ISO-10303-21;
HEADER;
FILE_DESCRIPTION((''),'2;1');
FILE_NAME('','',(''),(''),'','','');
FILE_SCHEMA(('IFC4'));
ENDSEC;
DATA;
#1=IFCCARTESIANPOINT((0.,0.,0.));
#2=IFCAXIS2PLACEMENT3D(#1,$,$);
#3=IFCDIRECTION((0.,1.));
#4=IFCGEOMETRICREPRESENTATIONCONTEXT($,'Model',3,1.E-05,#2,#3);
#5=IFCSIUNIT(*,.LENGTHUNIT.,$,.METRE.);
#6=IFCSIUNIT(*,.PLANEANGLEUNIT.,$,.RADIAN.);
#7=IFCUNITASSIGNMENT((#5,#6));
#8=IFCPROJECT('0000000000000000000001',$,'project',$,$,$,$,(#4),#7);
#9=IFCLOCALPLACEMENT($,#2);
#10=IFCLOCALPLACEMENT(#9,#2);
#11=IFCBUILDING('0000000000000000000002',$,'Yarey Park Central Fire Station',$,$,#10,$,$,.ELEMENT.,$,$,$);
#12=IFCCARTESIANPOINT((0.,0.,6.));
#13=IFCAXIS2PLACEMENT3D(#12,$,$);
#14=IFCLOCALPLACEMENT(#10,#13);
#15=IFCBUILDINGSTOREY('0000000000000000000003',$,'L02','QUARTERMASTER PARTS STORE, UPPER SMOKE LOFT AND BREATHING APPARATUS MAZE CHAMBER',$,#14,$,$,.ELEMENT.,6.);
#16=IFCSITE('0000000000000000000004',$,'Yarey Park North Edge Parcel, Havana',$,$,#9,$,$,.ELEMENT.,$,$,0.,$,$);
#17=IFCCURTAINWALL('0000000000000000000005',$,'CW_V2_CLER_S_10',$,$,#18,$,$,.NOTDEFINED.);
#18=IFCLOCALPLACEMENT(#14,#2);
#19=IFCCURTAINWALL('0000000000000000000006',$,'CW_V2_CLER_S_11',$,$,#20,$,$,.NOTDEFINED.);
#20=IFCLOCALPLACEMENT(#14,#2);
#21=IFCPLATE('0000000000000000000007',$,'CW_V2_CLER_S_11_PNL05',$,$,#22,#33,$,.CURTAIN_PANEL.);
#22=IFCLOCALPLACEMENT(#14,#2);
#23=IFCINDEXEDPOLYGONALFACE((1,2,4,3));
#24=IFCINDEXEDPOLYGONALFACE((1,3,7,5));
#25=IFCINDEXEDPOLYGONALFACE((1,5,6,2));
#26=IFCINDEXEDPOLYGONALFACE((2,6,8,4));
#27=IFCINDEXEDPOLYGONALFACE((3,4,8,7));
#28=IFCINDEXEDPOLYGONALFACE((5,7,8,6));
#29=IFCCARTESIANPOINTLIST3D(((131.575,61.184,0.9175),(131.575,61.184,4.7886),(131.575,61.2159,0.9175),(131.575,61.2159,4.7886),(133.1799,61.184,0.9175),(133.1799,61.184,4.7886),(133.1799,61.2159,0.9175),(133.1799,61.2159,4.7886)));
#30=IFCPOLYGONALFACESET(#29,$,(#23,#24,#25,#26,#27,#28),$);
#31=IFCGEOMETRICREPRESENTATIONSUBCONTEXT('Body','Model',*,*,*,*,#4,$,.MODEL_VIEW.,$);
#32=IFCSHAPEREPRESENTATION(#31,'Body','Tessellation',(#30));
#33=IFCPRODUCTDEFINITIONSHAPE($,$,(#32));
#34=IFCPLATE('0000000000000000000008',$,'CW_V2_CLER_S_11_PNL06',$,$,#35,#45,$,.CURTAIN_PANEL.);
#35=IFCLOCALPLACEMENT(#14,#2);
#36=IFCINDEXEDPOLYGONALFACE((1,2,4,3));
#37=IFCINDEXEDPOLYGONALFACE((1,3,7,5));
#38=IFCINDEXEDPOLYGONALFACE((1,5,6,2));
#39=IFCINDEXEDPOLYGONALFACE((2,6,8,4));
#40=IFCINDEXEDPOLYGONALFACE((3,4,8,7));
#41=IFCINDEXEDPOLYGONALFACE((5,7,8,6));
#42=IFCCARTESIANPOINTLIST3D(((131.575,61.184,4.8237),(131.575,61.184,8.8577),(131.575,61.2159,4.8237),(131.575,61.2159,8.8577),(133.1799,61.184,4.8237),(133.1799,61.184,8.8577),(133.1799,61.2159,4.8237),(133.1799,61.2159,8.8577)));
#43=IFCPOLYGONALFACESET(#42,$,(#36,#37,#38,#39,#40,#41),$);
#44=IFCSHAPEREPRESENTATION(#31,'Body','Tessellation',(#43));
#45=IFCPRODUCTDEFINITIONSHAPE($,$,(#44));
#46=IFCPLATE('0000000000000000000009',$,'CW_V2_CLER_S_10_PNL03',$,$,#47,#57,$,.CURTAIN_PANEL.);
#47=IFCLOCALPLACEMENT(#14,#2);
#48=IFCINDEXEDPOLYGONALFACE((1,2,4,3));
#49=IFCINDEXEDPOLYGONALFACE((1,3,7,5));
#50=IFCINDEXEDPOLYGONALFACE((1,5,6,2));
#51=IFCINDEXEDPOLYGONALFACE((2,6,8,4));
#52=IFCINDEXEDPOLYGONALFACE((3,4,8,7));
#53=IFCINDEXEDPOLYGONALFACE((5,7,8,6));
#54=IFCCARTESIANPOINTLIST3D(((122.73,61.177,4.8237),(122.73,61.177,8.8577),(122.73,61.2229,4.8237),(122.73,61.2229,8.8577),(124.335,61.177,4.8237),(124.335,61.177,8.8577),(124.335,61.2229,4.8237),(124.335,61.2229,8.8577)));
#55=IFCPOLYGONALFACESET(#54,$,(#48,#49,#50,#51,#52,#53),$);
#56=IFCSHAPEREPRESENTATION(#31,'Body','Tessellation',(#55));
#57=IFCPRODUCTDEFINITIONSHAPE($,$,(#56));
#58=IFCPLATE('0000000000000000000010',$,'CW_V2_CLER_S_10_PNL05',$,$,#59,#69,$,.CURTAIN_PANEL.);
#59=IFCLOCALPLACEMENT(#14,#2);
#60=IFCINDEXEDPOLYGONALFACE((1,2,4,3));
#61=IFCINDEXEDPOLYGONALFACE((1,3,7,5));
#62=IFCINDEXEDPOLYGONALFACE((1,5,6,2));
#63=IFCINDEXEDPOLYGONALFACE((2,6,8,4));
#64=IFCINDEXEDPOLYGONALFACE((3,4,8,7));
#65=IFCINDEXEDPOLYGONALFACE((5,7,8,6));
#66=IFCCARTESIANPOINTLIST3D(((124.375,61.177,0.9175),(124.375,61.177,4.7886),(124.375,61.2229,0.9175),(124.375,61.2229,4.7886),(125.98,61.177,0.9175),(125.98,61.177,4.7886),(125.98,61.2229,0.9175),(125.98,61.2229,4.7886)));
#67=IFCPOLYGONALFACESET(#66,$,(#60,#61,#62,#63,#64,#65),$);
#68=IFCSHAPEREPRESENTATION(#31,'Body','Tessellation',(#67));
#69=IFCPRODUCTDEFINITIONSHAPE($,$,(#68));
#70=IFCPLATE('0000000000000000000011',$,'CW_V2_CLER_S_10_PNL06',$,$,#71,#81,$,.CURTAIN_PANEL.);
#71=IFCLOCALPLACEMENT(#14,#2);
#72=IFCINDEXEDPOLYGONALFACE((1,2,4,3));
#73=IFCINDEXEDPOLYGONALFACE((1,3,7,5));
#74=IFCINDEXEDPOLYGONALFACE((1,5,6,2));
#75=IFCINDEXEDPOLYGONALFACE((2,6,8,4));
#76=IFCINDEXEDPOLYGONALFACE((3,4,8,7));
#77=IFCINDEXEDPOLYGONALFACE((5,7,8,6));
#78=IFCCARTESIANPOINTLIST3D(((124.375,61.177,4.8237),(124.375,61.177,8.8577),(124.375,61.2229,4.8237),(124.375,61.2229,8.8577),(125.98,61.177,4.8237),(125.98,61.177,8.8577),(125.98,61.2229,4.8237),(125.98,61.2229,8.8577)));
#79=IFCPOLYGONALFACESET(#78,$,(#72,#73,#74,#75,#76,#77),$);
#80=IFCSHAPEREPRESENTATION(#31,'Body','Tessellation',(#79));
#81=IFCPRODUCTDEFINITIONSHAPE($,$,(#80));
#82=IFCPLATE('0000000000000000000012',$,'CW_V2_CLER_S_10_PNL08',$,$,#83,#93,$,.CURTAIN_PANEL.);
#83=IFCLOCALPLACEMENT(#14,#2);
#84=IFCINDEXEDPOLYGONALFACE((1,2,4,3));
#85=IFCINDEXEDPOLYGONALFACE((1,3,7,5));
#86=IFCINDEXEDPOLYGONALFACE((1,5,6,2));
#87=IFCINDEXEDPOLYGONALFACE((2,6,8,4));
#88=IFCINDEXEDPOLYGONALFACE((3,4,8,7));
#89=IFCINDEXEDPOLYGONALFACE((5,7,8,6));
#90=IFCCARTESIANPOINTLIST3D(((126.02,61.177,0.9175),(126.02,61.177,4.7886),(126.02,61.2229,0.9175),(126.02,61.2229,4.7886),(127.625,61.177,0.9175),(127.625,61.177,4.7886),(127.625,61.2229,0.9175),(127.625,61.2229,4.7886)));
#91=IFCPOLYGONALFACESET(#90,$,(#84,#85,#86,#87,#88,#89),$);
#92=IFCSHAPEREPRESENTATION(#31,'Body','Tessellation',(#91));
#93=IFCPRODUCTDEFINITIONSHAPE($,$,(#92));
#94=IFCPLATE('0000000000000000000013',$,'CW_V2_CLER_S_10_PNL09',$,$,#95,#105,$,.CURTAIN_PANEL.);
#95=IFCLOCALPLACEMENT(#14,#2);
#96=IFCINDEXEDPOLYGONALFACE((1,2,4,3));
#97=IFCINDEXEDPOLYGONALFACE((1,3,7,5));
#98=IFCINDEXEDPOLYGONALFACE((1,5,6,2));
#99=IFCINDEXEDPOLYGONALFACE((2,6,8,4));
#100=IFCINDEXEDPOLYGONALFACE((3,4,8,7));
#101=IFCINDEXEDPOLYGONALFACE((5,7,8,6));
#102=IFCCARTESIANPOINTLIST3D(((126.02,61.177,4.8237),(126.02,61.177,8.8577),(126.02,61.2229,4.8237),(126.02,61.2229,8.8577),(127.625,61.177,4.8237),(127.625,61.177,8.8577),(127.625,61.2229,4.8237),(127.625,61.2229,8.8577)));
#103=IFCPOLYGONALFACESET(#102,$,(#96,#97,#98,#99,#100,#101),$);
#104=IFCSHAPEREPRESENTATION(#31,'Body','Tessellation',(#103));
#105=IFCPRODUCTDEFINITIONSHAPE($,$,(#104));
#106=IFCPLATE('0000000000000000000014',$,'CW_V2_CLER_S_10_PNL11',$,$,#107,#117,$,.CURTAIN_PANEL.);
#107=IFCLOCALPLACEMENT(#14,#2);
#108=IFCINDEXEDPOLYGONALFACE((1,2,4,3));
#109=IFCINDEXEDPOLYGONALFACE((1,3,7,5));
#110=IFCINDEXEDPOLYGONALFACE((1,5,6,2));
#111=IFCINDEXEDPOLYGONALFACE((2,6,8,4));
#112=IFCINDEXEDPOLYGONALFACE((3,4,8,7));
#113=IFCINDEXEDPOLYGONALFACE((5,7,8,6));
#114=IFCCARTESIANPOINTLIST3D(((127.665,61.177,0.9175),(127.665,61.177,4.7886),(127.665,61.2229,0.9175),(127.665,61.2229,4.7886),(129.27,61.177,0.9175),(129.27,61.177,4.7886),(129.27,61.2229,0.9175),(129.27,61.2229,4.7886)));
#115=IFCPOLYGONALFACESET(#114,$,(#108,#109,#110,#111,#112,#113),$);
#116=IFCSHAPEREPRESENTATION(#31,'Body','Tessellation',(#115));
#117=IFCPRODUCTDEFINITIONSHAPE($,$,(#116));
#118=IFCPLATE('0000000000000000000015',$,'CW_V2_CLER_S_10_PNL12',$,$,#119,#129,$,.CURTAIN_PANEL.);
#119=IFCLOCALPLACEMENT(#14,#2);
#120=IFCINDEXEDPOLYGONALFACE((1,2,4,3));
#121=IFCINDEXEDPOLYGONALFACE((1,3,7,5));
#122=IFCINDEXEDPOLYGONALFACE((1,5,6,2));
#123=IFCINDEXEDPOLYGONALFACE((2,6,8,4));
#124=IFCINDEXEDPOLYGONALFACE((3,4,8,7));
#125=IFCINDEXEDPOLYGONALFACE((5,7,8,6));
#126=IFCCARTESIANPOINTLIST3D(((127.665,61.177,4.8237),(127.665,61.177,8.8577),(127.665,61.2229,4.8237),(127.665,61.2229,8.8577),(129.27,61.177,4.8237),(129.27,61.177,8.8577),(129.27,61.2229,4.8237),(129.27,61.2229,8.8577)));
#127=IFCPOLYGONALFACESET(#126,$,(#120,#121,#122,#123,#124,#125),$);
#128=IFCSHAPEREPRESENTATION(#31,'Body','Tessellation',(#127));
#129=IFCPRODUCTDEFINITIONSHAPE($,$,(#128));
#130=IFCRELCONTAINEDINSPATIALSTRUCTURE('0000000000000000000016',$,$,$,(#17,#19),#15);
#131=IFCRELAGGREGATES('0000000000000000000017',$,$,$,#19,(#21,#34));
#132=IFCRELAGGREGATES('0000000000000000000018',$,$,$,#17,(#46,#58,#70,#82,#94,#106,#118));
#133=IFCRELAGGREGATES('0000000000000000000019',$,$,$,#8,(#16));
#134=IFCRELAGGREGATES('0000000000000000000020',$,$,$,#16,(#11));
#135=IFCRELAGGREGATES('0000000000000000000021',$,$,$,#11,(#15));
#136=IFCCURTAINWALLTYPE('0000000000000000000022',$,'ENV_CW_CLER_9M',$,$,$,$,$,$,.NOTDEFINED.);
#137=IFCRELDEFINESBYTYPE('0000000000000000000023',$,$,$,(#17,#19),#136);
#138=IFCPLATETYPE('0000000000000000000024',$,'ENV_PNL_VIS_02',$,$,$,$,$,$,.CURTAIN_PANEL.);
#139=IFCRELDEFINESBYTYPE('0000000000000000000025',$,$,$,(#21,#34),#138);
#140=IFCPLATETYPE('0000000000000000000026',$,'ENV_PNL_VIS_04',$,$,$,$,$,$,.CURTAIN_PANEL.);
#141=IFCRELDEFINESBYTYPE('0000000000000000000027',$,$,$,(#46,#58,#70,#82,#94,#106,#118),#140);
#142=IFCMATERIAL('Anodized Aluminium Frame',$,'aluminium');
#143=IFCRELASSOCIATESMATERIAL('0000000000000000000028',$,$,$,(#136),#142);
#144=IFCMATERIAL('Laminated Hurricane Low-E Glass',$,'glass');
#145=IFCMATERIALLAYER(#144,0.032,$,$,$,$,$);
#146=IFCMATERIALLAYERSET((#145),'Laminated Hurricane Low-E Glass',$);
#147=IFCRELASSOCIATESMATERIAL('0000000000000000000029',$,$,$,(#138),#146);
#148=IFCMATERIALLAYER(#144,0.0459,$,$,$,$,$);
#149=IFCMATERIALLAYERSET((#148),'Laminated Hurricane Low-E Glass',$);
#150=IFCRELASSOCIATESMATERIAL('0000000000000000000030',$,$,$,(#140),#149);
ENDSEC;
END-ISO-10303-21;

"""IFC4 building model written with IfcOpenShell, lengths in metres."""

from ifc_helpers import new_model, si_unit, direction, frame, origin, origin_2d, place, context, subcontext, project, spatial, rectangle, extrude, material, layer, layer_set, type_object, element, aggregate, save


model = new_model("IFC4")

# Units and contexts
model_context = context("Model", 3, precision=1e-05, world=origin(), true_north=direction((0.0, 1.0)))
body_context = subcontext(model_context, "Body", "Model", "MODEL_VIEW")
ifc_project = project(units=[si_unit("LENGTHUNIT", "METRE"), si_unit("PLANEANGLEUNIT", "RADIAN")], contexts=[model_context])

# Site, building, storey
site_placement = place(None, origin())
site = spatial("IfcSite", under=ifc_project, at=site_placement, Name="Yarey Park North Edge Parcel, Havana", CompositionType="ELEMENT", RefElevation=0.0)
building_placement = place(site_placement, origin())
building = spatial("IfcBuilding", under=site, at=building_placement, Name="Yarey Park Central Fire Station", CompositionType="ELEMENT")
storey_placement = place(building_placement, frame((0.0, 0.0, 6.0)))
storey = spatial("IfcBuildingStorey", under=building, at=storey_placement, Name="L02", Description="QUARTERMASTER PARTS STORE, UPPER SMOKE LOFT AND BREATHING APPARATUS MAZE CHAMBER", CompositionType="ELEMENT", Elevation=6.0)

# Curtain walls
ifc_material_1 = material(Name="Anodized Aluminium Frame", Category="aluminium")
curtain_wall_type = type_object("IfcCurtainWallType", Name="ENV_CW_CLER_9M", PredefinedType="NOTDEFINED", material=ifc_material_1)
curtain_wall_1_placement = place(storey_placement, origin())
curtain_wall_1 = element("IfcCurtainWall", 1, at=curtain_wall_1_placement, inside=storey, type_object=curtain_wall_type, Name="CW_V2_CLER_S_10", PredefinedType="NOTDEFINED")
curtain_wall_2_placement = place(storey_placement, origin())
curtain_wall_2 = element("IfcCurtainWall", 2, at=curtain_wall_2_placement, inside=storey, type_object=curtain_wall_type, Name="CW_V2_CLER_S_11", PredefinedType="NOTDEFINED")

# Plates
ifc_material_2 = material(Name="Laminated Hurricane Low-E Glass", Category="glass")
ifc_layer_1 = layer(ifc_material_2, 0.032)
ifc_layer_set_1 = layer_set([ifc_layer_1], Name="Laminated Hurricane Low-E Glass")
plate_type_1 = type_object("IfcPlateType", Name="ENV_PNL_VIS_02", PredefinedType="CURTAIN_PANEL", material=ifc_layer_set_1)
plate_1_placement = place(storey_placement, frame((132.3774, 61.2, 0.9175), z_axis=(0.0, 0.0, 1.0), x_axis=(1.0, 0.0, 0.0)))
plate_1 = element("IfcPlate", 3, at=plate_1_placement, type_object=plate_type_1, Name="CW_V2_CLER_S_11_PNL05", PredefinedType="CURTAIN_PANEL", context=body_context, shape_type="SweptSolid", body=[
    extrude(rectangle(XDim=1.605, YDim=0.032, at=origin_2d()), origin(), (0.0, 0.0, 1.0), 3.8711),
])
plate_2_placement = place(storey_placement, frame((132.3774, 61.2, 4.8237), z_axis=(0.0, 0.0, 1.0), x_axis=(1.0, 0.0, 0.0)))
plate_2 = element("IfcPlate", 4, at=plate_2_placement, type_object=plate_type_1, Name="CW_V2_CLER_S_11_PNL06", PredefinedType="CURTAIN_PANEL", context=body_context, shape_type="SweptSolid", body=[
    extrude(rectangle(XDim=1.605, YDim=0.032, at=origin_2d()), origin(), (0.0, 0.0, 1.0), 4.0339),
])
aggregate(curtain_wall_2, [plate_1, plate_2])
ifc_layer_2 = layer(ifc_material_2, 0.0459)
ifc_layer_set_2 = layer_set([ifc_layer_2], Name="Laminated Hurricane Low-E Glass")
plate_type_2 = type_object("IfcPlateType", Name="ENV_PNL_VIS_04", PredefinedType="CURTAIN_PANEL", material=ifc_layer_set_2)
plate_3_placement = place(storey_placement, frame((123.5325, 61.2, 4.8237), z_axis=(0.0, 0.0, 1.0), x_axis=(1.0, 0.0, 0.0)))
plate_3 = element("IfcPlate", 5, at=plate_3_placement, type_object=plate_type_2, Name="CW_V2_CLER_S_10_PNL03", PredefinedType="CURTAIN_PANEL", context=body_context, shape_type="SweptSolid", body=[
    extrude(rectangle(XDim=1.605, YDim=0.0459, at=origin_2d()), origin(), (0.0, 0.0, 1.0), 4.0339),
])
plate_4_placement = place(storey_placement, frame((125.1775, 61.2, 0.9175), z_axis=(0.0, 0.0, 1.0), x_axis=(1.0, 0.0, 0.0)))
plate_4 = element("IfcPlate", 6, at=plate_4_placement, type_object=plate_type_2, Name="CW_V2_CLER_S_10_PNL05", PredefinedType="CURTAIN_PANEL", context=body_context, shape_type="SweptSolid", body=[
    extrude(rectangle(XDim=1.605, YDim=0.0459, at=origin_2d()), origin(), (0.0, 0.0, 1.0), 3.8711),
])
plate_5_placement = place(storey_placement, frame((125.1775, 61.2, 4.8237), z_axis=(0.0, 0.0, 1.0), x_axis=(1.0, 0.0, 0.0)))
plate_5 = element("IfcPlate", 7, at=plate_5_placement, type_object=plate_type_2, Name="CW_V2_CLER_S_10_PNL06", PredefinedType="CURTAIN_PANEL", context=body_context, shape_type="SweptSolid", body=[
    extrude(rectangle(XDim=1.605, YDim=0.0459, at=origin_2d()), origin(), (0.0, 0.0, 1.0), 4.0339),
])
plate_6_placement = place(storey_placement, frame((126.8225, 61.2, 0.9175), z_axis=(0.0, 0.0, 1.0), x_axis=(1.0, 0.0, 0.0)))
plate_6 = element("IfcPlate", 8, at=plate_6_placement, type_object=plate_type_2, Name="CW_V2_CLER_S_10_PNL08", PredefinedType="CURTAIN_PANEL", context=body_context, shape_type="SweptSolid", body=[
    extrude(rectangle(XDim=1.605, YDim=0.0459, at=origin_2d()), origin(), (0.0, 0.0, 1.0), 3.8711),
])
plate_7_placement = place(storey_placement, frame((126.8225, 61.2, 4.8237), z_axis=(0.0, 0.0, 1.0), x_axis=(1.0, 0.0, 0.0)))
plate_7 = element("IfcPlate", 9, at=plate_7_placement, type_object=plate_type_2, Name="CW_V2_CLER_S_10_PNL09", PredefinedType="CURTAIN_PANEL", context=body_context, shape_type="SweptSolid", body=[
    extrude(rectangle(XDim=1.605, YDim=0.0459, at=origin_2d()), origin(), (0.0, 0.0, 1.0), 4.0339),
])
plate_8_placement = place(storey_placement, frame((128.4675, 61.2, 0.9175), z_axis=(0.0, 0.0, 1.0), x_axis=(1.0, 0.0, 0.0)))
plate_8 = element("IfcPlate", 10, at=plate_8_placement, type_object=plate_type_2, Name="CW_V2_CLER_S_10_PNL11", PredefinedType="CURTAIN_PANEL", context=body_context, shape_type="SweptSolid", body=[
    extrude(rectangle(XDim=1.605, YDim=0.0459, at=origin_2d()), origin(), (0.0, 0.0, 1.0), 3.8711),
])
plate_9_placement = place(storey_placement, frame((128.4675, 61.2, 4.8237), z_axis=(0.0, 0.0, 1.0), x_axis=(1.0, 0.0, 0.0)))
plate_9 = element("IfcPlate", 11, at=plate_9_placement, type_object=plate_type_2, Name="CW_V2_CLER_S_10_PNL12", PredefinedType="CURTAIN_PANEL", context=body_context, shape_type="SweptSolid", body=[
    extrude(rectangle(XDim=1.605, YDim=0.0459, at=origin_2d()), origin(), (0.0, 0.0, 1.0), 4.0339),
])
aggregate(curtain_wall_1, [plate_3, plate_4, plate_5, plate_6, plate_7, plate_8, plate_9])

save(model, "model.ifc")
